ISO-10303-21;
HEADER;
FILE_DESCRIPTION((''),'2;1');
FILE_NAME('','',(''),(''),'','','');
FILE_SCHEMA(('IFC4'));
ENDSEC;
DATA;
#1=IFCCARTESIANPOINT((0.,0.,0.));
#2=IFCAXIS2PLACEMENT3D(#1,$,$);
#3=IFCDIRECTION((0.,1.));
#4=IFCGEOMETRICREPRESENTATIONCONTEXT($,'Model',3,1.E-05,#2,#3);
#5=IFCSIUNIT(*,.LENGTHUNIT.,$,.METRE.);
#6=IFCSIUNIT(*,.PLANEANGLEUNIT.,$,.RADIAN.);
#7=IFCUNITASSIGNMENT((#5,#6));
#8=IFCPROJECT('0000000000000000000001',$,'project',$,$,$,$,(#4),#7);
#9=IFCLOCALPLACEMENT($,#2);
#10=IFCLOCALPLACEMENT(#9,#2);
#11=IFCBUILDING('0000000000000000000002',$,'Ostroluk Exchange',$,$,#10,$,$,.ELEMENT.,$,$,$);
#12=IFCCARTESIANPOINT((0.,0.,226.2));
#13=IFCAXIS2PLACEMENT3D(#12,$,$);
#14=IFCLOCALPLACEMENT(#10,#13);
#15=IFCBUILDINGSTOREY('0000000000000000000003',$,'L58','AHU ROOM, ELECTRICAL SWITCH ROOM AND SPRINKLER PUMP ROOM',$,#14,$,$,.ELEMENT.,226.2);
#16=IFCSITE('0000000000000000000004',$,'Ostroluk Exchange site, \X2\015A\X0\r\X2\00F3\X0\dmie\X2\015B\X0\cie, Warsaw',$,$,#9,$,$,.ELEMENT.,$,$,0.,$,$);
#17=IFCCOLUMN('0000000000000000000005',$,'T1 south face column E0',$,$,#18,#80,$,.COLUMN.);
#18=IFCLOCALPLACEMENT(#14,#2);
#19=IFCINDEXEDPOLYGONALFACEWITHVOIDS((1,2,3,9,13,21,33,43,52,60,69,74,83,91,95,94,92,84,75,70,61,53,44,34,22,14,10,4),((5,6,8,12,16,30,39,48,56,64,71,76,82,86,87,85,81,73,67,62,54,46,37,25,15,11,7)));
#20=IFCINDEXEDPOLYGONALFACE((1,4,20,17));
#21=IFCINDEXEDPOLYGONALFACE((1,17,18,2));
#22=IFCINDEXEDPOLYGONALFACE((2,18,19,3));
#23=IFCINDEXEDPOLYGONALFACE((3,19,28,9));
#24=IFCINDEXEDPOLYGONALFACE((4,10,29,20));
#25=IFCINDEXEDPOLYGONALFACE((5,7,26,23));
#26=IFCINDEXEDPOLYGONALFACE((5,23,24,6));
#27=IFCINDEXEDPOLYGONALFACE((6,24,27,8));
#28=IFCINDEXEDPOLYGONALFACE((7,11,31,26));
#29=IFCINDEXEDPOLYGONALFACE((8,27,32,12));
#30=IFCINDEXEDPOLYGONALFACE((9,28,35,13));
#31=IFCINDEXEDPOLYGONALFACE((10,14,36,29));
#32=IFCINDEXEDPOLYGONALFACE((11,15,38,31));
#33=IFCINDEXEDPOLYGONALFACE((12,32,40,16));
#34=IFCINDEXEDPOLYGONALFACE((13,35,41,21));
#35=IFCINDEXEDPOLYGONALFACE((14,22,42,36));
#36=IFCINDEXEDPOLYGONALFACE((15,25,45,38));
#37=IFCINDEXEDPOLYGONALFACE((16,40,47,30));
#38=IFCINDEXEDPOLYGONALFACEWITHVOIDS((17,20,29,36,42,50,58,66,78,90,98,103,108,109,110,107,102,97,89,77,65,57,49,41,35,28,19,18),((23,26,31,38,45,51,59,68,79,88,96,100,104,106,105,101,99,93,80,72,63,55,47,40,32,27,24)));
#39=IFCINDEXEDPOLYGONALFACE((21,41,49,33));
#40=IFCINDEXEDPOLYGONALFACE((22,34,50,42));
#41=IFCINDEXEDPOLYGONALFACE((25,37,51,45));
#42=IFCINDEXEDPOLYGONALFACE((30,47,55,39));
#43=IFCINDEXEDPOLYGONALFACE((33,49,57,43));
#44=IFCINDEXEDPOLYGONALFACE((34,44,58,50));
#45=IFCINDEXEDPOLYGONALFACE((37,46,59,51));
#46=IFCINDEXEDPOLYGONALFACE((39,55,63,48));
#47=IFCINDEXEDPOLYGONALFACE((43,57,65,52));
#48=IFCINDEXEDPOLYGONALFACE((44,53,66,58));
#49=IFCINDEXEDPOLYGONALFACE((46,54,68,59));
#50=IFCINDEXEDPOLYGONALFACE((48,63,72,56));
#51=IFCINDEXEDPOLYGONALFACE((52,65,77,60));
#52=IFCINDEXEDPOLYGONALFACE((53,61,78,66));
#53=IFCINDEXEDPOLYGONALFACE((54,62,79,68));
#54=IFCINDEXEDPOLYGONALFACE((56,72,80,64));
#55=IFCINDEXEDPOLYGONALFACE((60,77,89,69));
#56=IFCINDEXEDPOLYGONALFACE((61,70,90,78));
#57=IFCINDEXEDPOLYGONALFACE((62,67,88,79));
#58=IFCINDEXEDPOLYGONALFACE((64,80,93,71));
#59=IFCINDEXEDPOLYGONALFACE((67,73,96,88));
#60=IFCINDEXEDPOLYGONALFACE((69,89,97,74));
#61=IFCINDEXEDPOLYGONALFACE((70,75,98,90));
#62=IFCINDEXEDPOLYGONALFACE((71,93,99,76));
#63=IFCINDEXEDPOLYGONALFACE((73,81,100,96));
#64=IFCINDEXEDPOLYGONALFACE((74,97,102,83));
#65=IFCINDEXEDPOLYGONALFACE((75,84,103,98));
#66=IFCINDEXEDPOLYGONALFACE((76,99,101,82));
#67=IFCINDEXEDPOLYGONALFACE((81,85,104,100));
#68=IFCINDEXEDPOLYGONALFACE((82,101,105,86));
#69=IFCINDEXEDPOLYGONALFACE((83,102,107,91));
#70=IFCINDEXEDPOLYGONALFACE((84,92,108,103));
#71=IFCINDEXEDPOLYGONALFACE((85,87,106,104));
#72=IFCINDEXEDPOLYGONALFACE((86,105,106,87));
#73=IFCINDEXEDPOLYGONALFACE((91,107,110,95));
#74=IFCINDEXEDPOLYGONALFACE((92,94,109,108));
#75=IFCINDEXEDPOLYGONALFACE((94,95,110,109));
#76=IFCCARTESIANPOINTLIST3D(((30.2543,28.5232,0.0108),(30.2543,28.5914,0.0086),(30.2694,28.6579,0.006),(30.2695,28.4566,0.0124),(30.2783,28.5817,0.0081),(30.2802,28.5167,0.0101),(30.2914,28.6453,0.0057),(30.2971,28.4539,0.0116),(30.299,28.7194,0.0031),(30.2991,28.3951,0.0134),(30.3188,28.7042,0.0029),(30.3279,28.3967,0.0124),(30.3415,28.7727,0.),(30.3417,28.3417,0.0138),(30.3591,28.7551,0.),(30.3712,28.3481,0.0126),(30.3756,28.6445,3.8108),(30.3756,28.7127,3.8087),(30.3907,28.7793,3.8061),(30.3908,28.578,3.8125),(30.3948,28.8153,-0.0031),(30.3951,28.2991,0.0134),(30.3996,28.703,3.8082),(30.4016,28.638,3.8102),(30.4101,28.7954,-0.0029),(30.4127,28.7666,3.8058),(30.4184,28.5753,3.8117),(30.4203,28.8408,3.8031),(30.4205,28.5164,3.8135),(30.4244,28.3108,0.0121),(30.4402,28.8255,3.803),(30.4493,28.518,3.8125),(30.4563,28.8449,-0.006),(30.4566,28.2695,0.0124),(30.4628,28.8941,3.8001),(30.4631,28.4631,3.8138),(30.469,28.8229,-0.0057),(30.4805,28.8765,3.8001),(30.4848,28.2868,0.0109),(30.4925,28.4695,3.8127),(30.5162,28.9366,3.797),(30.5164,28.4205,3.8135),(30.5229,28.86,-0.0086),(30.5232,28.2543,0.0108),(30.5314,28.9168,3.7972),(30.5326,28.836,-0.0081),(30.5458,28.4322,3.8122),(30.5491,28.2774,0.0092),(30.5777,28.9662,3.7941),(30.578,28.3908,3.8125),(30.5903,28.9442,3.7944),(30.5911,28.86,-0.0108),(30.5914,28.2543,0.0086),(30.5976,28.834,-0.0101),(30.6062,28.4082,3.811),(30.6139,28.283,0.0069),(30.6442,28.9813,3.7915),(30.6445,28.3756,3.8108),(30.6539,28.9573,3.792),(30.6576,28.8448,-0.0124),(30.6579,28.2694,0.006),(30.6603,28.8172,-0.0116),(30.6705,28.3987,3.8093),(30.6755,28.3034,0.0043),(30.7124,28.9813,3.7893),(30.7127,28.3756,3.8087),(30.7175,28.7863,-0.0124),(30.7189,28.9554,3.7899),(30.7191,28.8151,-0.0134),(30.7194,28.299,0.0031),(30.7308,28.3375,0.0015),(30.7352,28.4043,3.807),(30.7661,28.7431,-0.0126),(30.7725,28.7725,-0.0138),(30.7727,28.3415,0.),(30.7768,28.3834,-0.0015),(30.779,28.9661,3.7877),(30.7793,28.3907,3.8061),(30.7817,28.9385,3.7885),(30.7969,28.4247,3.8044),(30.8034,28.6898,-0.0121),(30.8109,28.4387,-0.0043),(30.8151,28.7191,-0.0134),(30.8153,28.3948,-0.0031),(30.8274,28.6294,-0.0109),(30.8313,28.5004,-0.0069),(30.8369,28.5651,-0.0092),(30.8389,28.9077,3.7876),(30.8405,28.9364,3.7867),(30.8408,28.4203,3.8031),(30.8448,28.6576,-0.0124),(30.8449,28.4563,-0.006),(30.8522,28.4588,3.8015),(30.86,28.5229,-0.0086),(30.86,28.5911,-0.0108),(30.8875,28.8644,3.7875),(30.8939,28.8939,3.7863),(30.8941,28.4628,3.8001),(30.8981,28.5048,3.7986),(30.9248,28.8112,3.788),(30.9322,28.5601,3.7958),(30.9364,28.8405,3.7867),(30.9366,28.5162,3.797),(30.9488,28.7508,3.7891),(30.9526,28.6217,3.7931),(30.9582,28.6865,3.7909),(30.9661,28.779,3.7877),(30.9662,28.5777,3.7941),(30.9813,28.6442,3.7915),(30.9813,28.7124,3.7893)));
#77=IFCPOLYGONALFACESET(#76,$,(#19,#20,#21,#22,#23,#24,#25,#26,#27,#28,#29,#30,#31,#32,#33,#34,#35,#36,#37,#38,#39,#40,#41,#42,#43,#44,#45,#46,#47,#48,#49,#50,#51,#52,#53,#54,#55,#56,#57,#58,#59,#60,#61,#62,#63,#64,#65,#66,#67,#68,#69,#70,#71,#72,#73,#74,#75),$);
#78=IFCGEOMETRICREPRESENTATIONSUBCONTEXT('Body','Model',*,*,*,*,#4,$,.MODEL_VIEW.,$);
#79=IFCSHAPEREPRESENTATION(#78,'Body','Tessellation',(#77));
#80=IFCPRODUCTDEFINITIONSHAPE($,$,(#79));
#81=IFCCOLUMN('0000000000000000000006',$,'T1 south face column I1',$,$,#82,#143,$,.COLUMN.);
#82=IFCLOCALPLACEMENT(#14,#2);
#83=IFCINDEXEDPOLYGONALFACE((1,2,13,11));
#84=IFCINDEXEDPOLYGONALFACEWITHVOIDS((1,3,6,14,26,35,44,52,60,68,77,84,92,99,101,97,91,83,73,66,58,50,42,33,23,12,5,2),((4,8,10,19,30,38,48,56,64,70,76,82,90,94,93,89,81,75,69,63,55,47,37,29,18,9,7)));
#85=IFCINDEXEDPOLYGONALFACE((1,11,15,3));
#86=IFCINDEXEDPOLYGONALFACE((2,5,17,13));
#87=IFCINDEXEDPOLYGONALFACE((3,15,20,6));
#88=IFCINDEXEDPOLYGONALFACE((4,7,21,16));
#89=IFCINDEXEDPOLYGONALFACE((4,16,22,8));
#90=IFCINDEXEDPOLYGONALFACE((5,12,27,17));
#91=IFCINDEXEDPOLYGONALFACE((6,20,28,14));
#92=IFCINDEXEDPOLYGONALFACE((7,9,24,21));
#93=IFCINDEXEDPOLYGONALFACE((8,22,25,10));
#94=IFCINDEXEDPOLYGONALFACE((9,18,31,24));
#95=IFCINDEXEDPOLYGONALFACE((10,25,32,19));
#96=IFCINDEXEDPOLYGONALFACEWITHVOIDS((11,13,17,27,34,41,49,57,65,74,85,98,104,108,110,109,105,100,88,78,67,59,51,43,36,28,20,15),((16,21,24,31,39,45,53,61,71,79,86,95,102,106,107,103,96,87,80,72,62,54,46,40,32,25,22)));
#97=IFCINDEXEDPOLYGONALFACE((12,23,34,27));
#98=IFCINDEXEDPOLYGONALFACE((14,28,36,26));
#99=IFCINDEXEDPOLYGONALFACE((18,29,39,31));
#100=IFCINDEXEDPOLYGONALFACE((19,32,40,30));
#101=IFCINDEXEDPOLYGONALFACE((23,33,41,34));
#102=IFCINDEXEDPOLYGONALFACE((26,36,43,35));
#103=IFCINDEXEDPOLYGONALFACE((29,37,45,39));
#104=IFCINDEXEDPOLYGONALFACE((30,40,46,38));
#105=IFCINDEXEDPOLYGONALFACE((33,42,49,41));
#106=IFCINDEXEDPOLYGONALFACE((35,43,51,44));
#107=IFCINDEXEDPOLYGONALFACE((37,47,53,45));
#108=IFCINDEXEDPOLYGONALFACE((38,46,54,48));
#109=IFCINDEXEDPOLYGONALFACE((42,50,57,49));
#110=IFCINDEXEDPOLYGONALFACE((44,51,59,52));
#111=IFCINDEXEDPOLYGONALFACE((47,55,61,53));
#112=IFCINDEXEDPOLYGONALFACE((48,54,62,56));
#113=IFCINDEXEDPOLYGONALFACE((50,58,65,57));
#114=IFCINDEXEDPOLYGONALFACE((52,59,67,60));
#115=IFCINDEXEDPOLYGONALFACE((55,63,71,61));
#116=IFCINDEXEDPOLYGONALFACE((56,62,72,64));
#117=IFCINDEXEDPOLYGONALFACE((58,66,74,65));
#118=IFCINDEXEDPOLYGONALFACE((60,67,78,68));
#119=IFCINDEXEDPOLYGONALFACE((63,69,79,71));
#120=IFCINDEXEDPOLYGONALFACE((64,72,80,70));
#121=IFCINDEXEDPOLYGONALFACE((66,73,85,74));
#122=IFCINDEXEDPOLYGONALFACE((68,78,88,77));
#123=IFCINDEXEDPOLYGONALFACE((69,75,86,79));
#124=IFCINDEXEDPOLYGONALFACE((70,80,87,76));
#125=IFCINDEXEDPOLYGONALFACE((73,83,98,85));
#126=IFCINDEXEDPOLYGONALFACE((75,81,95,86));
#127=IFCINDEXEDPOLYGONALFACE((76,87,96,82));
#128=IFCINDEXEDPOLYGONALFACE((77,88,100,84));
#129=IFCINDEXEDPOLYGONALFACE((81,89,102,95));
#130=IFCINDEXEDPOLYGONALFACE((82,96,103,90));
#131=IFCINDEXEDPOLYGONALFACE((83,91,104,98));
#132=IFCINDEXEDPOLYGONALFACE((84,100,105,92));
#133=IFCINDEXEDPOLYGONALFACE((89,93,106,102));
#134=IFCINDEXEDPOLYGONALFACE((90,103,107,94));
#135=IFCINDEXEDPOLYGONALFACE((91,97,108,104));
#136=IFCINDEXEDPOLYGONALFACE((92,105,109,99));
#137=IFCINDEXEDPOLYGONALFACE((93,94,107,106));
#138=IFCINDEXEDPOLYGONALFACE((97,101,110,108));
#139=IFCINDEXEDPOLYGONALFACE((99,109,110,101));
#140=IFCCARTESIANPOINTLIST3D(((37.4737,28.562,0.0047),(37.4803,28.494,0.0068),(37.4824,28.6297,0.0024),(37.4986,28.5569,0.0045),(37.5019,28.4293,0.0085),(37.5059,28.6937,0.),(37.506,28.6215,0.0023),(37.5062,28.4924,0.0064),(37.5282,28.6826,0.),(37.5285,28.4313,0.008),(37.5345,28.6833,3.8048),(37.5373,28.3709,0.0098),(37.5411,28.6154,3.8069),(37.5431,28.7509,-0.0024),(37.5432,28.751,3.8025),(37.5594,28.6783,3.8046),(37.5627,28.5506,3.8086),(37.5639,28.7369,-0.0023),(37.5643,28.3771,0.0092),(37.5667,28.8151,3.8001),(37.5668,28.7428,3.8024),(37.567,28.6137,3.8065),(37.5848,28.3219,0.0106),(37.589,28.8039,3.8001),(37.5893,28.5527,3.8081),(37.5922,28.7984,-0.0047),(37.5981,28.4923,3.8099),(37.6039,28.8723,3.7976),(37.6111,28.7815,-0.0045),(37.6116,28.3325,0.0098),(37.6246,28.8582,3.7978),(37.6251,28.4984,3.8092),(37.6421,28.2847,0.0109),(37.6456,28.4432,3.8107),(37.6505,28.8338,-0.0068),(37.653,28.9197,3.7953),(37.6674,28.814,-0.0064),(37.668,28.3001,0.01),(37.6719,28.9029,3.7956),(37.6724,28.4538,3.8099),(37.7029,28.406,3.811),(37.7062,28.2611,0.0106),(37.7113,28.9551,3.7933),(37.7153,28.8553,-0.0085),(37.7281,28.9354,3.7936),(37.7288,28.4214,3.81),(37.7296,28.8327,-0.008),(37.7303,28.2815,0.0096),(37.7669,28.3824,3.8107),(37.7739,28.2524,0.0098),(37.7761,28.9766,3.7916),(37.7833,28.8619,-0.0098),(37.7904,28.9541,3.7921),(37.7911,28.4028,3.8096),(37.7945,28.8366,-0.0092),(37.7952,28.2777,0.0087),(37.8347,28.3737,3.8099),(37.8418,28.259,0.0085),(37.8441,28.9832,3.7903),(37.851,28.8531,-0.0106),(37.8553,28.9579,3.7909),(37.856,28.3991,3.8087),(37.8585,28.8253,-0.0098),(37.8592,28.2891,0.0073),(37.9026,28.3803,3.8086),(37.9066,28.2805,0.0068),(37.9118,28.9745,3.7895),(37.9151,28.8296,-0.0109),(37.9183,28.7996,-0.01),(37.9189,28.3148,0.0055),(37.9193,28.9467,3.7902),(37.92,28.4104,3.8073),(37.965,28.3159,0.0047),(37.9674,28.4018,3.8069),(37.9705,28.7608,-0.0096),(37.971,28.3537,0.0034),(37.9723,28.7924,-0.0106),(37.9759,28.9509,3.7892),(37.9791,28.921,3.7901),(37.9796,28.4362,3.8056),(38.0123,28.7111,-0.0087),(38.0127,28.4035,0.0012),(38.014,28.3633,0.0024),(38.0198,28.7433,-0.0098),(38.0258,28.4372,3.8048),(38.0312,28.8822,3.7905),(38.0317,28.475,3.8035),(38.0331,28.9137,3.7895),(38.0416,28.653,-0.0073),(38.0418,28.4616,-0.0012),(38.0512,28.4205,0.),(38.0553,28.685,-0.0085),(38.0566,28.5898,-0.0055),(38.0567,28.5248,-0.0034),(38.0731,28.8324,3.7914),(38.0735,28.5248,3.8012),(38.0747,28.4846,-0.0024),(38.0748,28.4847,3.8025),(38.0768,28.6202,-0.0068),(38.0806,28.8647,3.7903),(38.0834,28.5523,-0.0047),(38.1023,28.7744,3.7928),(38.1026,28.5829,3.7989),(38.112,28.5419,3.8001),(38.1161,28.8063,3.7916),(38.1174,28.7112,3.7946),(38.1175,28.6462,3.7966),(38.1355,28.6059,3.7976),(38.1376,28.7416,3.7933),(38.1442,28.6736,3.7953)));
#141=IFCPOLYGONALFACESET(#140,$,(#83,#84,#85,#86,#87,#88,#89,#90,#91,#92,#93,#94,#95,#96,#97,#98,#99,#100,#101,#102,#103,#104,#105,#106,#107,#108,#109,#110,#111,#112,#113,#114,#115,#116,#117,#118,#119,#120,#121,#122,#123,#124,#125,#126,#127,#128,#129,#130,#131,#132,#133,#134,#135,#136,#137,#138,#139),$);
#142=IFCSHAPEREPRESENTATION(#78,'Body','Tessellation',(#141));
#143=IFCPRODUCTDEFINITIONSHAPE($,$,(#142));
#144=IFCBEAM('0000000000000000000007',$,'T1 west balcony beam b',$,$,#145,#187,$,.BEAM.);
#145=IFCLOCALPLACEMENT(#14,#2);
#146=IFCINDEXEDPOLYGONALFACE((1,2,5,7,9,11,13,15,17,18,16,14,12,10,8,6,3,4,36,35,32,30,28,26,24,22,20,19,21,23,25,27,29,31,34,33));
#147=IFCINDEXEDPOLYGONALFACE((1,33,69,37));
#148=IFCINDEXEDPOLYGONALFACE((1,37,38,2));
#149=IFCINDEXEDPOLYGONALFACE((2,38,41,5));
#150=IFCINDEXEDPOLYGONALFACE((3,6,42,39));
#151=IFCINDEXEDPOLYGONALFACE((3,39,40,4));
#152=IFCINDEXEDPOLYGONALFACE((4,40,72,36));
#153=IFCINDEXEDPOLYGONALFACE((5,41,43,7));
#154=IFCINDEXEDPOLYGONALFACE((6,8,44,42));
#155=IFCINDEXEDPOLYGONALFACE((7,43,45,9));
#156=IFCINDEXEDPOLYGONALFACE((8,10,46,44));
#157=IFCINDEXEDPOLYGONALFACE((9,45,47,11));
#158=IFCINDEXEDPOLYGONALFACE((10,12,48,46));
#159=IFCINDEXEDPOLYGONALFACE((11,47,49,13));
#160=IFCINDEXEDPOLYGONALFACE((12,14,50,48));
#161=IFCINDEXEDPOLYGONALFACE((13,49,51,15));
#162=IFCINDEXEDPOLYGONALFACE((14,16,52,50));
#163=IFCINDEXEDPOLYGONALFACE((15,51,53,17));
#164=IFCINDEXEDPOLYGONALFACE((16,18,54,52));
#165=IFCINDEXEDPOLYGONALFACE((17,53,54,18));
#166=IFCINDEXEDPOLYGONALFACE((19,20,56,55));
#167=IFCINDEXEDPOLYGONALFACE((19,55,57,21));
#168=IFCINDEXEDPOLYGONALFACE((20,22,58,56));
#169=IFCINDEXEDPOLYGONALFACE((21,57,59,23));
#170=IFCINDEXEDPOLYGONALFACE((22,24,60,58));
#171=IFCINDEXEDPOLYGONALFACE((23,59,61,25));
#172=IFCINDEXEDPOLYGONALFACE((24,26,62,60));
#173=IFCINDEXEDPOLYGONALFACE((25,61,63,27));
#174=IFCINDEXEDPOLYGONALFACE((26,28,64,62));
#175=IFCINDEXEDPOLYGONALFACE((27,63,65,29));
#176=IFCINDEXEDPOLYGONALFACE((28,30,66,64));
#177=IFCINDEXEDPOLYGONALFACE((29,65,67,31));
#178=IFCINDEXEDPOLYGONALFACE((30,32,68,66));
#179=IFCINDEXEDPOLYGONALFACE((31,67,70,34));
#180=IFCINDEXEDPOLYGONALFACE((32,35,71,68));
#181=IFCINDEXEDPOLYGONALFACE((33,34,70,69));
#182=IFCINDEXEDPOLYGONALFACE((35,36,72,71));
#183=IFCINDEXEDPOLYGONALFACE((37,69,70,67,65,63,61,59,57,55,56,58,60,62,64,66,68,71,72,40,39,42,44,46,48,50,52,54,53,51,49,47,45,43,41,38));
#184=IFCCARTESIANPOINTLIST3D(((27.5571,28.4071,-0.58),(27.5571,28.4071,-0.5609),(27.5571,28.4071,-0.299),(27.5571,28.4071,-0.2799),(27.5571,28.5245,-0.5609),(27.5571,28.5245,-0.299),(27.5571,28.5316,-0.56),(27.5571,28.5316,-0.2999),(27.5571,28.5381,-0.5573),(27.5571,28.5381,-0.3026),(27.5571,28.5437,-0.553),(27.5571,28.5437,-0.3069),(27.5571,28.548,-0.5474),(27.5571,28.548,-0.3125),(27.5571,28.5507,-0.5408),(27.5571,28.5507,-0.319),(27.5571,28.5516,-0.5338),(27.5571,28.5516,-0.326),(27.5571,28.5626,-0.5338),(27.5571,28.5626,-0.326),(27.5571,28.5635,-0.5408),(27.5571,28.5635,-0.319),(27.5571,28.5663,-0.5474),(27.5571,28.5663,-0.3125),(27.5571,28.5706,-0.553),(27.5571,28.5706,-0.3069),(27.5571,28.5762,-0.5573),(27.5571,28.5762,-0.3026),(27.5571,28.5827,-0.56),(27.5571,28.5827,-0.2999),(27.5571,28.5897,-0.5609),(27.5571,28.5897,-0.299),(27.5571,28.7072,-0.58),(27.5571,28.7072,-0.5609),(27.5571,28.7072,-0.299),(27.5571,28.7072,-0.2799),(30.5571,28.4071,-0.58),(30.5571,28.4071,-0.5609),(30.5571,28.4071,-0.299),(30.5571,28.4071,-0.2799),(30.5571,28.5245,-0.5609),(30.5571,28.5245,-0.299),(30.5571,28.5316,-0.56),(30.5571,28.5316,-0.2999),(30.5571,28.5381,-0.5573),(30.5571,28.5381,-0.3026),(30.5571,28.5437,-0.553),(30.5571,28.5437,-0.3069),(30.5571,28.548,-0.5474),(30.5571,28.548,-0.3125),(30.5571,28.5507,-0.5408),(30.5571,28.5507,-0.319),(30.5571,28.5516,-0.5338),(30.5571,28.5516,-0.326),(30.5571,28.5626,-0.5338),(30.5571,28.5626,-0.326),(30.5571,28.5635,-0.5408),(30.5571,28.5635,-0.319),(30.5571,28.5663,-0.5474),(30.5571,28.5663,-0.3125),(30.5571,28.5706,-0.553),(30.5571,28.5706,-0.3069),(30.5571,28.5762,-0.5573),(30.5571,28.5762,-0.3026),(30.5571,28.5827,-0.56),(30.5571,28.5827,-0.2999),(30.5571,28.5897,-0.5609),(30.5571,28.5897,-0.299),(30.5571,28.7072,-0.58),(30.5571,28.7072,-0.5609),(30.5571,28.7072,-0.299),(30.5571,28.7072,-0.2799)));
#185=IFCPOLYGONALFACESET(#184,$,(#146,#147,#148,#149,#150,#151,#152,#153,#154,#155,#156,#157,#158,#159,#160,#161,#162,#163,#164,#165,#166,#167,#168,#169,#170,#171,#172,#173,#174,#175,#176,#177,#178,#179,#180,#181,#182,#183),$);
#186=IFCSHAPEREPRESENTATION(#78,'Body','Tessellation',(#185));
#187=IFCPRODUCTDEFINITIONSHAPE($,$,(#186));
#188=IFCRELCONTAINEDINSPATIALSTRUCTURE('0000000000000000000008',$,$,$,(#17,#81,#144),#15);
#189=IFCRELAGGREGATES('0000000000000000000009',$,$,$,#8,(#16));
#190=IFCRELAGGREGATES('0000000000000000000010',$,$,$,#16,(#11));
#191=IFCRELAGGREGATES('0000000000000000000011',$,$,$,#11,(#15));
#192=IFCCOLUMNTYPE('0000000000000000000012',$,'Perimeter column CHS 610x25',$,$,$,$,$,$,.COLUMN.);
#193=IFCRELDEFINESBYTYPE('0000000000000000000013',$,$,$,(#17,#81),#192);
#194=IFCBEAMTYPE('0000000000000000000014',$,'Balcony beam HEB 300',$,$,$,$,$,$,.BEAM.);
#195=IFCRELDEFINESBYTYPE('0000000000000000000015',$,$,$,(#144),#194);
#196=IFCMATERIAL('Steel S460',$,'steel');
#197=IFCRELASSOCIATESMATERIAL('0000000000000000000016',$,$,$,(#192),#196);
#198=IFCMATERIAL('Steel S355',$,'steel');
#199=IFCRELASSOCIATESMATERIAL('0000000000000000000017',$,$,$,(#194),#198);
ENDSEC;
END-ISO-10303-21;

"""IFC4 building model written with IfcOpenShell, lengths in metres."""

from ifc_helpers import new_model, si_unit, direction, frame, origin, origin_2d, place, context, subcontext, project, spatial, hollow_circle, i_section, extrude, material, material_profile, profile_set, type_object, element, save


model = new_model("IFC4")

# Units and contexts
model_context = context("Model", 3, precision=1e-05, world=origin(), true_north=direction((0.0, 1.0)))
body_context = subcontext(model_context, "Body", "Model", "MODEL_VIEW")
ifc_project = project(units=[si_unit("LENGTHUNIT", "METRE"), si_unit("PLANEANGLEUNIT", "RADIAN")], contexts=[model_context])

# Site, building, storey
site_placement = place(None, origin())
site = spatial("IfcSite", under=ifc_project, at=site_placement, Name="Ostroluk Exchange site, Śródmieście, Warsaw", CompositionType="ELEMENT", RefElevation=0.0)
building_placement = place(site_placement, origin())
building = spatial("IfcBuilding", under=site, at=building_placement, Name="Ostroluk Exchange", CompositionType="ELEMENT")
storey_placement = place(building_placement, frame((0.0, 0.0, 226.2)))
storey = spatial("IfcBuildingStorey", under=building, at=storey_placement, Name="L58", Description="AHU ROOM, ELECTRICAL SWITCH ROOM AND SPRINKLER PUMP ROOM", CompositionType="ELEMENT", Elevation=226.2)

# Columns
ifc_material_1 = material(Name="Steel S460", Category="steel")
ifc_material_profile_1 = material_profile(ifc_material_1, hollow_circle(Radius=0.3049, WallThickness=0.0249, at=origin_2d()), Name="CHS 610x25")
ifc_profile_set_1 = profile_set([ifc_material_profile_1], Name="Steel S460")
column_type = type_object("IfcColumnType", Name="Perimeter column CHS 610x25", PredefinedType="COLUMN", material=ifc_profile_set_1)
column_1_placement = place(storey_placement, frame((30.5571, 28.5571, 0.0), z_axis=(0.031898, 0.031898, 0.998982), x_axis=(-0.707107, 0.707107, 0.0)))
element("IfcColumn", 1, at=column_1_placement, inside=storey, type_object=column_type, Name="T1 south face column E0", PredefinedType="COLUMN", context=body_context, shape_type="SweptSolid", body=[
    extrude(hollow_circle(Radius=0.3049, WallThickness=0.0249, at=origin_2d()), origin(), (0.0, 0.0, 1.0), 3.804),
])
column_2_placement = place(storey_placement, frame((37.7786, 28.5571, 0.0), z_axis=(0.015987, 0.03191, 0.999363), x_axis=(-0.894067, 0.447933, 0.0)))
element("IfcColumn", 2, at=column_2_placement, inside=storey, type_object=column_type, Name="T1 south face column I1", PredefinedType="COLUMN", context=body_context, shape_type="SweptSolid", body=[
    extrude(hollow_circle(Radius=0.3049, WallThickness=0.0249, at=origin_2d()), origin(), (0.0, 0.0, 1.0), 3.8025),
])

# Beam
ifc_material_2 = material(Name="Steel S355", Category="steel")
ifc_material_profile_2 = material_profile(ifc_material_2, i_section(OverallWidth=0.3, OverallDepth=0.3, WebThickness=0.011, FlangeThickness=0.019, FilletRadius=0.0271, at=origin_2d()), Name="HEB 300")
ifc_profile_set_2 = profile_set([ifc_material_profile_2], Name="Steel S355")
beam_type = type_object("IfcBeamType", Name="Balcony beam HEB 300", PredefinedType="BEAM", material=ifc_profile_set_2)
beam_placement = place(storey_placement, frame((30.5571, 28.5571, -0.4299), z_axis=(-1.0, 0.0, 0.0), x_axis=(0.0, -1.0, 0.0)))
element("IfcBeam", 3, at=beam_placement, inside=storey, type_object=beam_type, Name="T1 west balcony beam b", PredefinedType="BEAM", context=body_context, shape_type="SweptSolid", body=[
    extrude(i_section(OverallWidth=0.3, OverallDepth=0.3, WebThickness=0.011, FlangeThickness=0.019, FilletRadius=0.0271, at=origin_2d()), origin(), (0.0, 0.0, 1.0), 3.0),
])

save(model, "model.ifc")
